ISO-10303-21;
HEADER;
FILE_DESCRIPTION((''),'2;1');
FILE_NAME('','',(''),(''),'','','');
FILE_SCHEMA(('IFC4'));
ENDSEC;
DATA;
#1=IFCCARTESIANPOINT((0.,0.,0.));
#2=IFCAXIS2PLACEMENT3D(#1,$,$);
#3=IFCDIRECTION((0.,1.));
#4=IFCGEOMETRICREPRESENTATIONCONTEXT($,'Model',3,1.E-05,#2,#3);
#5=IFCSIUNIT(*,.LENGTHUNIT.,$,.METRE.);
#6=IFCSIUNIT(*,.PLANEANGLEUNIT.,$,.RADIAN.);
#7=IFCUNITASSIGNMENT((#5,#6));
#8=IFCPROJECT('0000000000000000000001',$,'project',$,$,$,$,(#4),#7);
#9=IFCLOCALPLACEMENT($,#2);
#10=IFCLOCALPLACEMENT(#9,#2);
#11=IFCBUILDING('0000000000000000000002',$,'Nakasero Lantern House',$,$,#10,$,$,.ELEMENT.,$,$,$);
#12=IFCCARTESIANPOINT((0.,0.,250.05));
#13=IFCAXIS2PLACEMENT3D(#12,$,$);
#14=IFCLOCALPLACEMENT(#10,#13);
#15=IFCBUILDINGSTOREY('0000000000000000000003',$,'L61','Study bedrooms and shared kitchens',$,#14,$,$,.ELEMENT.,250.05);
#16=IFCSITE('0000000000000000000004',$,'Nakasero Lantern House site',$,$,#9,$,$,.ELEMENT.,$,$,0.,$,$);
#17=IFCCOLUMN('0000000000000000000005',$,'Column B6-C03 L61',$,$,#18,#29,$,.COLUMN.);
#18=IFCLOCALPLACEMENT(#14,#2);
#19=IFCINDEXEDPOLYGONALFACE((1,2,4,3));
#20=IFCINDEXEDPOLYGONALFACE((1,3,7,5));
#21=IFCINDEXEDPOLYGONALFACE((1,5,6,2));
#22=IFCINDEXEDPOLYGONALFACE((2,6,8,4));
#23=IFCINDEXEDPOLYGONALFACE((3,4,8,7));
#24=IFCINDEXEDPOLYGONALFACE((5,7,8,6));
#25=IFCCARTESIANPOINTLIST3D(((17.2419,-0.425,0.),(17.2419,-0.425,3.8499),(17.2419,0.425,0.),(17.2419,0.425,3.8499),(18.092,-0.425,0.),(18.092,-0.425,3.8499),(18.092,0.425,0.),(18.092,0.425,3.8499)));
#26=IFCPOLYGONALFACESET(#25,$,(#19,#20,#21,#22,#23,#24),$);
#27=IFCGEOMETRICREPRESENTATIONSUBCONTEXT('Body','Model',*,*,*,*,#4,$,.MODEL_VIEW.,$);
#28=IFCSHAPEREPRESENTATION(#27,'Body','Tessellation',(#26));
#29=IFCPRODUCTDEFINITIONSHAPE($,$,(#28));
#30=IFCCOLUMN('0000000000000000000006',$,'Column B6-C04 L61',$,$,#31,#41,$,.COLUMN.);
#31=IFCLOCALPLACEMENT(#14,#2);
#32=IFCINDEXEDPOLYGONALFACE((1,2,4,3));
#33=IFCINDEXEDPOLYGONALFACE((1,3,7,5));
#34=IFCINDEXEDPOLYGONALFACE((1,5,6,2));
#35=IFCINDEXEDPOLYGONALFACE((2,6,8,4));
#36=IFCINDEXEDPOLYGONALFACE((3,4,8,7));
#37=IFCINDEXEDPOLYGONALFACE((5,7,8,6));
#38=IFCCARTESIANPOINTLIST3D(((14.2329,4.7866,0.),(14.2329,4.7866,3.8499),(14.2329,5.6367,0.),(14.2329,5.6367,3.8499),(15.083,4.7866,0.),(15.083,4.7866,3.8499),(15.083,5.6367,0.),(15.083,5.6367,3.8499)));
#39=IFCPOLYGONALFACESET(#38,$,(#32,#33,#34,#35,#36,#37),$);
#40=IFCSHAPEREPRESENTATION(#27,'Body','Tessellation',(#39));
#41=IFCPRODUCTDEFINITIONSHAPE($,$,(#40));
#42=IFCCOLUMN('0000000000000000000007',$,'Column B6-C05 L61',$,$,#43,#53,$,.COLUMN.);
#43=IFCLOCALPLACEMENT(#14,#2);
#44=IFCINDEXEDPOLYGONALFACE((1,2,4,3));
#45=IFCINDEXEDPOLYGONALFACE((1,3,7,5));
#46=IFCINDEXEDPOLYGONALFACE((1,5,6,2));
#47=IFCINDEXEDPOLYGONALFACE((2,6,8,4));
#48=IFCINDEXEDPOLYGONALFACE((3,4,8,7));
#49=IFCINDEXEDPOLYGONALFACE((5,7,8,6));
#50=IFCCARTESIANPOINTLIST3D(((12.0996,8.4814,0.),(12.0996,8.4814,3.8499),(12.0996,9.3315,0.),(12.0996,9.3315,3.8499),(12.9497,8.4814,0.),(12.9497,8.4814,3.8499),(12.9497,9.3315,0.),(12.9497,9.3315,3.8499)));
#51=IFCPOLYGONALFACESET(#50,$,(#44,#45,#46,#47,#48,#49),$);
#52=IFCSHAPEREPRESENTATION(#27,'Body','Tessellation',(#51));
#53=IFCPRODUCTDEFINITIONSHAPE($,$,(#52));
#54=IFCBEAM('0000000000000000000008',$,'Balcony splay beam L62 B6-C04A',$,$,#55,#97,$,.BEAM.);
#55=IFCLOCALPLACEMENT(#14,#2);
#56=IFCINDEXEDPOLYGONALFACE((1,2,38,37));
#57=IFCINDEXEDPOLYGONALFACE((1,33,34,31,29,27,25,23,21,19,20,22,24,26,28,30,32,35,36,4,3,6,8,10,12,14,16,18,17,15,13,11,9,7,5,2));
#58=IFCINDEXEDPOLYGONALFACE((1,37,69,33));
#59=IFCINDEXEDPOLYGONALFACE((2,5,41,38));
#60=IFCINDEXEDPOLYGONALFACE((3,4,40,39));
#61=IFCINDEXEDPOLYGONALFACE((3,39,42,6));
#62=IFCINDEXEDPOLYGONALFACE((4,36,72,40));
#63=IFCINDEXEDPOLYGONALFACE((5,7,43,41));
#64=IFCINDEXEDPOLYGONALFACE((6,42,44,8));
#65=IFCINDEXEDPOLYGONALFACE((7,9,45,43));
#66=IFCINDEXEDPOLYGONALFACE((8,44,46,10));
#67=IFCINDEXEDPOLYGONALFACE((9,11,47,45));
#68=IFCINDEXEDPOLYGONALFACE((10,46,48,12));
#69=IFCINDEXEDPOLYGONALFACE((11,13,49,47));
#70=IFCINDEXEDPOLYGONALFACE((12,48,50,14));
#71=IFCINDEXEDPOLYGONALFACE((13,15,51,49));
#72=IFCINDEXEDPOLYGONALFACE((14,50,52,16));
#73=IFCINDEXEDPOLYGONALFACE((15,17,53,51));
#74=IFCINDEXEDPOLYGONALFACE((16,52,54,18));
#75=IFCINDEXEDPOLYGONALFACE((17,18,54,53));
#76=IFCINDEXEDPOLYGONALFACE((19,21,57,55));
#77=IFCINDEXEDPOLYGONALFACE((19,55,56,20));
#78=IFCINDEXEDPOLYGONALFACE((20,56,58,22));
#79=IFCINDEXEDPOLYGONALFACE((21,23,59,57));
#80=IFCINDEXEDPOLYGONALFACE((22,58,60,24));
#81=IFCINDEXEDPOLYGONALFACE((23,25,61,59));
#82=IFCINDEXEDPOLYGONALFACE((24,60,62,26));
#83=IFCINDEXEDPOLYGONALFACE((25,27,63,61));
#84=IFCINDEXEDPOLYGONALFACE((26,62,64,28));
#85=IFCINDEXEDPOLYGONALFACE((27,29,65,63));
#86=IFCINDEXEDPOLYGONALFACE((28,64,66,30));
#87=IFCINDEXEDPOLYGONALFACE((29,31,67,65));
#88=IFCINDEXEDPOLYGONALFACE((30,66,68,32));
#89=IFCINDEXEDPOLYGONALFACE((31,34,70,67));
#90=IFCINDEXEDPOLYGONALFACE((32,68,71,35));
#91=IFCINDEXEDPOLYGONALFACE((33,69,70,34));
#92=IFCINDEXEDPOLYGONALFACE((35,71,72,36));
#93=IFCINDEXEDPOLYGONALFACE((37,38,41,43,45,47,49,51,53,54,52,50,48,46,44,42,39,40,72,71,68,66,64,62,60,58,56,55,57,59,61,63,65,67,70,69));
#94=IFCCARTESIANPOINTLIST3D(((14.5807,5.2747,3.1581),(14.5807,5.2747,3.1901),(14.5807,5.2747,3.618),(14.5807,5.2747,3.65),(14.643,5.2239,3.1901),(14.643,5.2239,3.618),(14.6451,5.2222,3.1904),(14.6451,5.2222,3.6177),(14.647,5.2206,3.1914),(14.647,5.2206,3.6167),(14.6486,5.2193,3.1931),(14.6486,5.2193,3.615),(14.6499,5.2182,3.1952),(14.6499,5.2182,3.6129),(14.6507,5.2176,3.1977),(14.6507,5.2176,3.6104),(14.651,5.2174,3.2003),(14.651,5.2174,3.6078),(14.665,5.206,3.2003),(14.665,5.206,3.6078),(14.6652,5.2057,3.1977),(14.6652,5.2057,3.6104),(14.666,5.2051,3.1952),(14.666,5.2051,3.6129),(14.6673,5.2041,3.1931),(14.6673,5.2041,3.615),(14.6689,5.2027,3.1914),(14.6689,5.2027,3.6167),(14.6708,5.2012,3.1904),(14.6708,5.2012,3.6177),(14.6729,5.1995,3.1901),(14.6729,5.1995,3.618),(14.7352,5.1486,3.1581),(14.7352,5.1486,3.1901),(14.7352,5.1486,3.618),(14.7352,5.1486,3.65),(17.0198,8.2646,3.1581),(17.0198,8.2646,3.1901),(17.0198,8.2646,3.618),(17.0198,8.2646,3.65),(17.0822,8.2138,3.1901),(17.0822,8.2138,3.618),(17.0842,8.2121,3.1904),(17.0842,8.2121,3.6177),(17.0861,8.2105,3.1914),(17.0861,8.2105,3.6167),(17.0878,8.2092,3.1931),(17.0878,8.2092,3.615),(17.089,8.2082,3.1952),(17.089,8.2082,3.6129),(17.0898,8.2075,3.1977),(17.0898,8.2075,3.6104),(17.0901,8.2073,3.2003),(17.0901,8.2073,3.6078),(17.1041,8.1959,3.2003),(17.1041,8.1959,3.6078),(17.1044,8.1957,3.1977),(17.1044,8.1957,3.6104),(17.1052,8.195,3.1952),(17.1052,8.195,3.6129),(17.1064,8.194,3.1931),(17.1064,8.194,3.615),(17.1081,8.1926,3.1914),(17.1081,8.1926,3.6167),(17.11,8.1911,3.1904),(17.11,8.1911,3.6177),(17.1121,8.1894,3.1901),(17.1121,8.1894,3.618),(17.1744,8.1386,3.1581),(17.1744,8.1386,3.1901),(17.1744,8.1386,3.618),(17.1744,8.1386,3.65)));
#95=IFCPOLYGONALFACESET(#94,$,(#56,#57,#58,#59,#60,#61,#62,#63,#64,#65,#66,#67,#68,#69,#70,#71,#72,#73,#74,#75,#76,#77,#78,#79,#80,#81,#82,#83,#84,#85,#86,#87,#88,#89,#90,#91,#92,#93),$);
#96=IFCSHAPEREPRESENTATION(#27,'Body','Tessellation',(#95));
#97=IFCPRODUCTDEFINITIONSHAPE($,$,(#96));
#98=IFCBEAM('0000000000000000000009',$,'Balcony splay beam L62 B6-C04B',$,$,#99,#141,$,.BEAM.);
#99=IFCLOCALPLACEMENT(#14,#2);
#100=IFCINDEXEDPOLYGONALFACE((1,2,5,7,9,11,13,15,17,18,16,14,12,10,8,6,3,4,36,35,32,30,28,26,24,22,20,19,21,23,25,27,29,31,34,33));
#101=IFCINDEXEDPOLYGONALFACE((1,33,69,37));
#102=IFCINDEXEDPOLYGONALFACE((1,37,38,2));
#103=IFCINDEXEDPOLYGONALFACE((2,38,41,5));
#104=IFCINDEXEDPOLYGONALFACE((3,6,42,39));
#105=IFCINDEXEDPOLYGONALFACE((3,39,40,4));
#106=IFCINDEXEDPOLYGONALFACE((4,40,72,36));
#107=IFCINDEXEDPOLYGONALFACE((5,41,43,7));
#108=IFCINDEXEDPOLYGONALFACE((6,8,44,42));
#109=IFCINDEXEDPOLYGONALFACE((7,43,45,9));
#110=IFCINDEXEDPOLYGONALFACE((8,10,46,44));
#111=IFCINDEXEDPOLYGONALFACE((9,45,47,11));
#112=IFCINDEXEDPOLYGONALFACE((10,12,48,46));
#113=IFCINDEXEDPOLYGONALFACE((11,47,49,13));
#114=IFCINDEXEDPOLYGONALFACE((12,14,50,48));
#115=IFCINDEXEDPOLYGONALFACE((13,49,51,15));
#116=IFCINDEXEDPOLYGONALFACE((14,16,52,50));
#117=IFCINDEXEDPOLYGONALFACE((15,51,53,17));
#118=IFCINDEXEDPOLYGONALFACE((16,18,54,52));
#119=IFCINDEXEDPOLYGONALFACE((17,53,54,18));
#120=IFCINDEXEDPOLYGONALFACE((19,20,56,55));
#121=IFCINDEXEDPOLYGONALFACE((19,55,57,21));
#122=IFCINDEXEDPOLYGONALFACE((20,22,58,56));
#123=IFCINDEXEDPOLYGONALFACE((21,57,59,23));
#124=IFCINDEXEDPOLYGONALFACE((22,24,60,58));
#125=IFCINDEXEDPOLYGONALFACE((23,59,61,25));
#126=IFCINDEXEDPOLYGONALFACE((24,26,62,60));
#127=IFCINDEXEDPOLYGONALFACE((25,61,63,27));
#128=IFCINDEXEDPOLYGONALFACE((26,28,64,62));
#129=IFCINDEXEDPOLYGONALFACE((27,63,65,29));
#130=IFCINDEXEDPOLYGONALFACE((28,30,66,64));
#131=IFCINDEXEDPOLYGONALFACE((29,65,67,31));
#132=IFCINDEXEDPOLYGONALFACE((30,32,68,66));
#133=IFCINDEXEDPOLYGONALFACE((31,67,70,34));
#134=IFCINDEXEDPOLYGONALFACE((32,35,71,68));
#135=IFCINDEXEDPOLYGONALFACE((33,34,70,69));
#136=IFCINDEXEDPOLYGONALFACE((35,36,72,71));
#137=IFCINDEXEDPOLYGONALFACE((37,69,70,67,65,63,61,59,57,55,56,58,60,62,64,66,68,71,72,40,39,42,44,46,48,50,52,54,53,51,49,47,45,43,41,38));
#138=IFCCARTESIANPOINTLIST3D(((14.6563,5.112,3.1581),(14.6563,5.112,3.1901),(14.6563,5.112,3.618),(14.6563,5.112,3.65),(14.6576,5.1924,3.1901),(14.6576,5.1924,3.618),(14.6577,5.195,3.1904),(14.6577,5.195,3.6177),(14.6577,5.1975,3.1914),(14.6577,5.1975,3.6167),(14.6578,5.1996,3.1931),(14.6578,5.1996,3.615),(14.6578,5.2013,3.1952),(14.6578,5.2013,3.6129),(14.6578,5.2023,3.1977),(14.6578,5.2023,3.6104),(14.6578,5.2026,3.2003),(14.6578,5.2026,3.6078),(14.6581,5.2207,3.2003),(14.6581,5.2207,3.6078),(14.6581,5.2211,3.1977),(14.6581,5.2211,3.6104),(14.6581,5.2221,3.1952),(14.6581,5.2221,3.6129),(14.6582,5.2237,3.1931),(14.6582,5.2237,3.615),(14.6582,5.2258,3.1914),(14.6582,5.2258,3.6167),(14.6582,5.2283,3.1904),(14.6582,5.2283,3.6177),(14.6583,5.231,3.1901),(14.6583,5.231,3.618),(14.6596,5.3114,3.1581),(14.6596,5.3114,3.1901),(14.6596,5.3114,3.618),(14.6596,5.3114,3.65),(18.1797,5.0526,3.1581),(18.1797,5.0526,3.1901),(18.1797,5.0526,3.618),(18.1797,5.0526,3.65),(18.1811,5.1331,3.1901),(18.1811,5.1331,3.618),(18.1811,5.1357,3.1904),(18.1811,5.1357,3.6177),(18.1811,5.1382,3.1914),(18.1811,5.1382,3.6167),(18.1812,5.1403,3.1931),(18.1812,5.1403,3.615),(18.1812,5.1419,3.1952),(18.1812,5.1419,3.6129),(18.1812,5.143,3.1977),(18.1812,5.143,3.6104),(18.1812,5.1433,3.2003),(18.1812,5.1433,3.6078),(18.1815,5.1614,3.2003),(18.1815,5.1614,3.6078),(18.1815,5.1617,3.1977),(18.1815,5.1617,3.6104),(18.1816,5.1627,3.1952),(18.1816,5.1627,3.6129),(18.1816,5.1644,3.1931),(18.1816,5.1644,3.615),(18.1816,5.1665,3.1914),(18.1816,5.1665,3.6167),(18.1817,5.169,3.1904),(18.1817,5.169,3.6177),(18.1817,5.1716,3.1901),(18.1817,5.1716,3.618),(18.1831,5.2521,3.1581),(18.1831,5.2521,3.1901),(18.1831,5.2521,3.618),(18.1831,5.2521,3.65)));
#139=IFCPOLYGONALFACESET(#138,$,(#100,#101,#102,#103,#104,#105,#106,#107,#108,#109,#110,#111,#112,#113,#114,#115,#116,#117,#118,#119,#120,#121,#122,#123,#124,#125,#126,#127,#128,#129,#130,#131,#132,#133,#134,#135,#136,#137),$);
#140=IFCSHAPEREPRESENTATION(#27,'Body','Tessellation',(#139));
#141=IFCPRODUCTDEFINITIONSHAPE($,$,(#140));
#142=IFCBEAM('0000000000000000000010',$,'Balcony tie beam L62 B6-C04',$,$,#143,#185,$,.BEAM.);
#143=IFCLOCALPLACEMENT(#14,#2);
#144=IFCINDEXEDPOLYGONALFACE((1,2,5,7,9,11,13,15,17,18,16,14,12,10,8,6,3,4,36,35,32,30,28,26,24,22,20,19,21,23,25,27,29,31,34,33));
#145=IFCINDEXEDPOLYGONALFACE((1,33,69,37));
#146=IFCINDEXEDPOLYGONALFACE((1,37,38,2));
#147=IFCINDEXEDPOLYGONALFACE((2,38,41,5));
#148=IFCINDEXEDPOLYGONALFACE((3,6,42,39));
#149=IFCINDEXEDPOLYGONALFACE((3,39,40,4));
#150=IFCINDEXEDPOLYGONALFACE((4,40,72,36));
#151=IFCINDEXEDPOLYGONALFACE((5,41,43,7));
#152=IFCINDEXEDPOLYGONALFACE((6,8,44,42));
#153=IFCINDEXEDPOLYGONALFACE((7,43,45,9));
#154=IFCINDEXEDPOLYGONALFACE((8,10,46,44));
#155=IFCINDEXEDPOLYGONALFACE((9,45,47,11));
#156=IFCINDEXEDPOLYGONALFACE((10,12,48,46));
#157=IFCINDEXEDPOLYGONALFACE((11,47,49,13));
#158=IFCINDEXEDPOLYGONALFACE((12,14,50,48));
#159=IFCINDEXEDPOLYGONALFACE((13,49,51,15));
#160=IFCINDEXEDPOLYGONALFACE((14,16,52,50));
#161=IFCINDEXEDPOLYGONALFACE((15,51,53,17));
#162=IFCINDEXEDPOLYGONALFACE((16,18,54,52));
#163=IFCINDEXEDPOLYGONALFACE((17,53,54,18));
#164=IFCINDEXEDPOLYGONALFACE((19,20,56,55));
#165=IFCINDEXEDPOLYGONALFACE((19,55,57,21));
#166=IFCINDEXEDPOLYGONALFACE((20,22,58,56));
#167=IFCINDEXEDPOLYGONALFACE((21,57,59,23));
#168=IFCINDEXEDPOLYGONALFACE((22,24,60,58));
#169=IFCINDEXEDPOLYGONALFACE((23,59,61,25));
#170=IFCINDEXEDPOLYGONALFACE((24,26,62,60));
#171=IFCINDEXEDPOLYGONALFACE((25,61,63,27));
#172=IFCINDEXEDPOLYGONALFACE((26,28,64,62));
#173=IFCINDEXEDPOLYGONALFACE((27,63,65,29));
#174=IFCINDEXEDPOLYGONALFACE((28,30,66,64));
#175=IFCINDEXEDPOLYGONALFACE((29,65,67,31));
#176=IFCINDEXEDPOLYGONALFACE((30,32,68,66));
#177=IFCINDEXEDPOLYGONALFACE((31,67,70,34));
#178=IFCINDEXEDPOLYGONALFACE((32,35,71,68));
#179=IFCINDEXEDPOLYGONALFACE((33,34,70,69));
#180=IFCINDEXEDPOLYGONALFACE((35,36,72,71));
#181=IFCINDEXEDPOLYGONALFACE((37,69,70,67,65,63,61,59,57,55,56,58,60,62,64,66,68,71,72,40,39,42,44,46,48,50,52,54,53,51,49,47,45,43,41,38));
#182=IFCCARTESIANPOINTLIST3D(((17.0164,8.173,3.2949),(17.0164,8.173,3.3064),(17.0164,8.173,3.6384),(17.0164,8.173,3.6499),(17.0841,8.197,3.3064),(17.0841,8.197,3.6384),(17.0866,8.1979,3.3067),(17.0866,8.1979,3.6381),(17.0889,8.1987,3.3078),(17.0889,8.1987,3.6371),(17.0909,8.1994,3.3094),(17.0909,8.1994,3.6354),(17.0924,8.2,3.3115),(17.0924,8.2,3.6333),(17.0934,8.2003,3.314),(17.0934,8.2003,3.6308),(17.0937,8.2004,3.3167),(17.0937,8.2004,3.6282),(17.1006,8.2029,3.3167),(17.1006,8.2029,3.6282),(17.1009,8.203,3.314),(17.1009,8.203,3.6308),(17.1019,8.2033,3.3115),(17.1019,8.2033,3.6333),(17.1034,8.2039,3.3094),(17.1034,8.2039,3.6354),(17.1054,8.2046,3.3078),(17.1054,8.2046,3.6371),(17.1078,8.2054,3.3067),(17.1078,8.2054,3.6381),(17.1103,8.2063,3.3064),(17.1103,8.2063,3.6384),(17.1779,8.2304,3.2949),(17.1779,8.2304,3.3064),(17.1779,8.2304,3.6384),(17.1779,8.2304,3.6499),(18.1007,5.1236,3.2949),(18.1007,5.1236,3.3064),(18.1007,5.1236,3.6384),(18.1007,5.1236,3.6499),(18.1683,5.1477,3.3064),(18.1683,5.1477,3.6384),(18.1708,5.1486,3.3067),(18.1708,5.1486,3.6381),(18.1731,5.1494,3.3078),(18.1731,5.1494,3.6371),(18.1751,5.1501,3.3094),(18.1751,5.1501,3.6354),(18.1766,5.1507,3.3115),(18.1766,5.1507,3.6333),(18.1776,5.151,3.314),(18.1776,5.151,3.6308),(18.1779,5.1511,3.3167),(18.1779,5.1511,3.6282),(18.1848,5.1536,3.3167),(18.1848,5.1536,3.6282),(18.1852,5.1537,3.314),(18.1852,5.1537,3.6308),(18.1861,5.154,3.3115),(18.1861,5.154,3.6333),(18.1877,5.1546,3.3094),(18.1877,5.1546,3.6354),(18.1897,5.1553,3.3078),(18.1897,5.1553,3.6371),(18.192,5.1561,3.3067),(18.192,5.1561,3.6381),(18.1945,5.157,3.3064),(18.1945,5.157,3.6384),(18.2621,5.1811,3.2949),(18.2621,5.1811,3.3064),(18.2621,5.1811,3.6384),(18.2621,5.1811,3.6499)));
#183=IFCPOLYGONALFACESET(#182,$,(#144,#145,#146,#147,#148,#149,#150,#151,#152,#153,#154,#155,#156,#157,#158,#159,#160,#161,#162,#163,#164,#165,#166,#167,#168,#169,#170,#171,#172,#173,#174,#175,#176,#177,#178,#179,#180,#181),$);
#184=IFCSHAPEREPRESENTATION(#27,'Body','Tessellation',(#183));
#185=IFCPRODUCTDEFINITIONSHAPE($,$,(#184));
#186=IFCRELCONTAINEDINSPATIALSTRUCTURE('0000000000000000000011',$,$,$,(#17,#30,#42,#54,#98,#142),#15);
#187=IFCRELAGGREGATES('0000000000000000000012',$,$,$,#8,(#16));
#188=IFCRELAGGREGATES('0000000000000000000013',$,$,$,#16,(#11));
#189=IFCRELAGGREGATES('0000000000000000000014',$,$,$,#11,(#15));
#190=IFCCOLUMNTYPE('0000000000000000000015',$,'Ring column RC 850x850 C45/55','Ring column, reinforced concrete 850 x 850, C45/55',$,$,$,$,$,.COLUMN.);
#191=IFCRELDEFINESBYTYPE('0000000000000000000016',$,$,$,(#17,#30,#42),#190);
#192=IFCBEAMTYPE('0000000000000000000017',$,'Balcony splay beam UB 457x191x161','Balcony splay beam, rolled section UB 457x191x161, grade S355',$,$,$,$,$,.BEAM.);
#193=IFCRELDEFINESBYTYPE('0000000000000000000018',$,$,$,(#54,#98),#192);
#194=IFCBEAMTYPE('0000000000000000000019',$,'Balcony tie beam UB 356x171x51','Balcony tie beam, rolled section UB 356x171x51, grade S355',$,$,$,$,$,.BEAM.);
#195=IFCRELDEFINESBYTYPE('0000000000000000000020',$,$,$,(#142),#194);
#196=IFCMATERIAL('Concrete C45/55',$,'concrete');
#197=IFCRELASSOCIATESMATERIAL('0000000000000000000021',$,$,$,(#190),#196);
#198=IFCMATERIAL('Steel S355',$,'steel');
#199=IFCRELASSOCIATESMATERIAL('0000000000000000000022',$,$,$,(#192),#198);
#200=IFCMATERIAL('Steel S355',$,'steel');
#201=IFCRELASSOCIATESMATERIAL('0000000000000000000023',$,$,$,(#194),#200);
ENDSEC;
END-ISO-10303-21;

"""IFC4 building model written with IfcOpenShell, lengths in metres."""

from ifc_helpers import new_model, si_unit, direction, frame, origin, origin_2d, place, context, subcontext, project, spatial, rectangle, i_section, extrude, material, material_profile, profile_set, type_object, element, save


model = new_model("IFC4")

# Units and contexts
model_context = context("Model", 3, precision=1e-05, world=origin(), true_north=direction((0.0, 1.0)))
body_context = subcontext(model_context, "Body", "Model", "MODEL_VIEW")
ifc_project = project(units=[si_unit("LENGTHUNIT", "METRE"), si_unit("PLANEANGLEUNIT", "RADIAN")], contexts=[model_context])

# Site, building, storey
site_placement = place(None, origin())
site = spatial("IfcSite", under=ifc_project, at=site_placement, Name="Nakasero Lantern House site", CompositionType="ELEMENT", RefElevation=0.0)
building_placement = place(site_placement, origin())
building = spatial("IfcBuilding", under=site, at=building_placement, Name="Nakasero Lantern House", CompositionType="ELEMENT")
storey_placement = place(building_placement, frame((0.0, 0.0, 250.05)))
storey = spatial("IfcBuildingStorey", under=building, at=storey_placement, Name="L61", Description="Study bedrooms and shared kitchens", CompositionType="ELEMENT", Elevation=250.05)

# Columns
ifc_material_1 = material(Name="Concrete C45/55", Category="concrete")
ifc_material_profile_1 = material_profile(ifc_material_1, rectangle(XDim=0.8501, YDim=0.8501, at=origin_2d()), Name="RC 850x850")
ifc_profile_set_1 = profile_set([ifc_material_profile_1], Name="Concrete C45/55")
column_type = type_object("IfcColumnType", Name="Ring column RC 850x850 C45/55", Description="Ring column, reinforced concrete 850 x 850, C45/55", PredefinedType="COLUMN", material=ifc_profile_set_1)
for number, where, z_axis, x_axis, name in (
    (1, (17.667, 0.0, 0.0), (0.0, 0.0, 1.0), (1.0, 0.0, 0.0), "Column B6-C03 L61"),
    (2, (14.658, 5.2117, 0.0), (0.0, 0.0, 1.0), (1.0, 0.0, 0.0), "Column B6-C04 L61"),
    (3, (12.5247, 8.9065, 0.0), (0.0, 0.0, 1.0), (1.0, 0.0, 0.0), "Column B6-C05 L61"),
):
    element("IfcColumn", number, at=place(storey_placement, frame(where, z_axis=z_axis, x_axis=x_axis)), inside=storey, type_object=column_type, Name=name, PredefinedType="COLUMN", context=body_context, shape_type="SweptSolid", body=[
        extrude(rectangle(XDim=0.8501, YDim=0.8501, at=origin_2d()), origin(), (0.0, 0.0, 1.0), 3.8499),
    ])

# Beams
ifc_material_2 = material(Name="Steel S355", Category="steel")
ifc_material_profile_2 = material_profile(ifc_material_2, i_section(OverallWidth=0.1995, OverallDepth=0.4919, WebThickness=0.0181, FlangeThickness=0.032, FilletRadius=0.0103, at=origin_2d()), Name="UB 457x191x161")
ifc_profile_set_2 = profile_set([ifc_material_profile_2], Name="Steel S355")
beam_type_1 = type_object("IfcBeamType", Name="Balcony splay beam UB 457x191x161", Description="Balcony splay beam, rolled section UB 457x191x161, grade S355", PredefinedType="BEAM", material=ifc_profile_set_2)
beam_1_placement = place(storey_placement, frame((14.658, 5.2117, 3.4041), z_axis=(0.632128, 0.774864, 0.0), x_axis=(-0.774864, 0.632128, 0.0)))
element("IfcBeam", 4, at=beam_1_placement, inside=storey, type_object=beam_type_1, Name="Balcony splay beam L62 B6-C04A", PredefinedType="BEAM", context=body_context, shape_type="SweptSolid", body=[
    extrude(i_section(OverallWidth=0.1995, OverallDepth=0.4919, WebThickness=0.0181, FlangeThickness=0.032, FilletRadius=0.0103, at=origin_2d()), origin(), (0.0, 0.0, 1.0), 3.8586),
])
beam_2_placement = place(storey_placement, frame((14.658, 5.2117, 3.4041), z_axis=(0.999858, -0.016835, 0.0), x_axis=(0.016835, 0.999858, 0.0)))
element("IfcBeam", 5, at=beam_2_placement, inside=storey, type_object=beam_type_1, Name="Balcony splay beam L62 B6-C04B", PredefinedType="BEAM", context=body_context, shape_type="SweptSolid", body=[
    extrude(i_section(OverallWidth=0.1995, OverallDepth=0.4919, WebThickness=0.0181, FlangeThickness=0.032, FilletRadius=0.0103, at=origin_2d()), origin(), (0.0, 0.0, 1.0), 3.5239),
])
ifc_material_3 = material(Name="Steel S355", Category="steel")
ifc_material_profile_3 = material_profile(ifc_material_3, i_section(OverallWidth=0.1714, OverallDepth=0.355, WebThickness=0.0073, FlangeThickness=0.0115, FilletRadius=0.0103, at=origin_2d()), Name="UB 356x171x51")
ifc_profile_set_3 = profile_set([ifc_material_profile_3], Name="Steel S355")
beam_type_2 = type_object("IfcBeamType", Name="Balcony tie beam UB 356x171x51", Description="Balcony tie beam, rolled section UB 356x171x51, grade S355", PredefinedType="BEAM", material=ifc_profile_set_3)
beam_3_placement = place(storey_placement, frame((17.0972, 8.2017, 3.4724), z_axis=(0.335017, -0.942212, 0.0), x_axis=(0.942212, 0.335017, 0.0)))
element("IfcBeam", 6, at=beam_3_placement, inside=storey, type_object=beam_type_2, Name="Balcony tie beam L62 B6-C04", PredefinedType="BEAM", context=body_context, shape_type="SweptSolid", body=[
    extrude(i_section(OverallWidth=0.1714, OverallDepth=0.355, WebThickness=0.0073, FlangeThickness=0.0115, FilletRadius=0.0103, at=origin_2d()), origin(), (0.0, 0.0, 1.0), 3.2363),
])

save(model, "model.ifc")
